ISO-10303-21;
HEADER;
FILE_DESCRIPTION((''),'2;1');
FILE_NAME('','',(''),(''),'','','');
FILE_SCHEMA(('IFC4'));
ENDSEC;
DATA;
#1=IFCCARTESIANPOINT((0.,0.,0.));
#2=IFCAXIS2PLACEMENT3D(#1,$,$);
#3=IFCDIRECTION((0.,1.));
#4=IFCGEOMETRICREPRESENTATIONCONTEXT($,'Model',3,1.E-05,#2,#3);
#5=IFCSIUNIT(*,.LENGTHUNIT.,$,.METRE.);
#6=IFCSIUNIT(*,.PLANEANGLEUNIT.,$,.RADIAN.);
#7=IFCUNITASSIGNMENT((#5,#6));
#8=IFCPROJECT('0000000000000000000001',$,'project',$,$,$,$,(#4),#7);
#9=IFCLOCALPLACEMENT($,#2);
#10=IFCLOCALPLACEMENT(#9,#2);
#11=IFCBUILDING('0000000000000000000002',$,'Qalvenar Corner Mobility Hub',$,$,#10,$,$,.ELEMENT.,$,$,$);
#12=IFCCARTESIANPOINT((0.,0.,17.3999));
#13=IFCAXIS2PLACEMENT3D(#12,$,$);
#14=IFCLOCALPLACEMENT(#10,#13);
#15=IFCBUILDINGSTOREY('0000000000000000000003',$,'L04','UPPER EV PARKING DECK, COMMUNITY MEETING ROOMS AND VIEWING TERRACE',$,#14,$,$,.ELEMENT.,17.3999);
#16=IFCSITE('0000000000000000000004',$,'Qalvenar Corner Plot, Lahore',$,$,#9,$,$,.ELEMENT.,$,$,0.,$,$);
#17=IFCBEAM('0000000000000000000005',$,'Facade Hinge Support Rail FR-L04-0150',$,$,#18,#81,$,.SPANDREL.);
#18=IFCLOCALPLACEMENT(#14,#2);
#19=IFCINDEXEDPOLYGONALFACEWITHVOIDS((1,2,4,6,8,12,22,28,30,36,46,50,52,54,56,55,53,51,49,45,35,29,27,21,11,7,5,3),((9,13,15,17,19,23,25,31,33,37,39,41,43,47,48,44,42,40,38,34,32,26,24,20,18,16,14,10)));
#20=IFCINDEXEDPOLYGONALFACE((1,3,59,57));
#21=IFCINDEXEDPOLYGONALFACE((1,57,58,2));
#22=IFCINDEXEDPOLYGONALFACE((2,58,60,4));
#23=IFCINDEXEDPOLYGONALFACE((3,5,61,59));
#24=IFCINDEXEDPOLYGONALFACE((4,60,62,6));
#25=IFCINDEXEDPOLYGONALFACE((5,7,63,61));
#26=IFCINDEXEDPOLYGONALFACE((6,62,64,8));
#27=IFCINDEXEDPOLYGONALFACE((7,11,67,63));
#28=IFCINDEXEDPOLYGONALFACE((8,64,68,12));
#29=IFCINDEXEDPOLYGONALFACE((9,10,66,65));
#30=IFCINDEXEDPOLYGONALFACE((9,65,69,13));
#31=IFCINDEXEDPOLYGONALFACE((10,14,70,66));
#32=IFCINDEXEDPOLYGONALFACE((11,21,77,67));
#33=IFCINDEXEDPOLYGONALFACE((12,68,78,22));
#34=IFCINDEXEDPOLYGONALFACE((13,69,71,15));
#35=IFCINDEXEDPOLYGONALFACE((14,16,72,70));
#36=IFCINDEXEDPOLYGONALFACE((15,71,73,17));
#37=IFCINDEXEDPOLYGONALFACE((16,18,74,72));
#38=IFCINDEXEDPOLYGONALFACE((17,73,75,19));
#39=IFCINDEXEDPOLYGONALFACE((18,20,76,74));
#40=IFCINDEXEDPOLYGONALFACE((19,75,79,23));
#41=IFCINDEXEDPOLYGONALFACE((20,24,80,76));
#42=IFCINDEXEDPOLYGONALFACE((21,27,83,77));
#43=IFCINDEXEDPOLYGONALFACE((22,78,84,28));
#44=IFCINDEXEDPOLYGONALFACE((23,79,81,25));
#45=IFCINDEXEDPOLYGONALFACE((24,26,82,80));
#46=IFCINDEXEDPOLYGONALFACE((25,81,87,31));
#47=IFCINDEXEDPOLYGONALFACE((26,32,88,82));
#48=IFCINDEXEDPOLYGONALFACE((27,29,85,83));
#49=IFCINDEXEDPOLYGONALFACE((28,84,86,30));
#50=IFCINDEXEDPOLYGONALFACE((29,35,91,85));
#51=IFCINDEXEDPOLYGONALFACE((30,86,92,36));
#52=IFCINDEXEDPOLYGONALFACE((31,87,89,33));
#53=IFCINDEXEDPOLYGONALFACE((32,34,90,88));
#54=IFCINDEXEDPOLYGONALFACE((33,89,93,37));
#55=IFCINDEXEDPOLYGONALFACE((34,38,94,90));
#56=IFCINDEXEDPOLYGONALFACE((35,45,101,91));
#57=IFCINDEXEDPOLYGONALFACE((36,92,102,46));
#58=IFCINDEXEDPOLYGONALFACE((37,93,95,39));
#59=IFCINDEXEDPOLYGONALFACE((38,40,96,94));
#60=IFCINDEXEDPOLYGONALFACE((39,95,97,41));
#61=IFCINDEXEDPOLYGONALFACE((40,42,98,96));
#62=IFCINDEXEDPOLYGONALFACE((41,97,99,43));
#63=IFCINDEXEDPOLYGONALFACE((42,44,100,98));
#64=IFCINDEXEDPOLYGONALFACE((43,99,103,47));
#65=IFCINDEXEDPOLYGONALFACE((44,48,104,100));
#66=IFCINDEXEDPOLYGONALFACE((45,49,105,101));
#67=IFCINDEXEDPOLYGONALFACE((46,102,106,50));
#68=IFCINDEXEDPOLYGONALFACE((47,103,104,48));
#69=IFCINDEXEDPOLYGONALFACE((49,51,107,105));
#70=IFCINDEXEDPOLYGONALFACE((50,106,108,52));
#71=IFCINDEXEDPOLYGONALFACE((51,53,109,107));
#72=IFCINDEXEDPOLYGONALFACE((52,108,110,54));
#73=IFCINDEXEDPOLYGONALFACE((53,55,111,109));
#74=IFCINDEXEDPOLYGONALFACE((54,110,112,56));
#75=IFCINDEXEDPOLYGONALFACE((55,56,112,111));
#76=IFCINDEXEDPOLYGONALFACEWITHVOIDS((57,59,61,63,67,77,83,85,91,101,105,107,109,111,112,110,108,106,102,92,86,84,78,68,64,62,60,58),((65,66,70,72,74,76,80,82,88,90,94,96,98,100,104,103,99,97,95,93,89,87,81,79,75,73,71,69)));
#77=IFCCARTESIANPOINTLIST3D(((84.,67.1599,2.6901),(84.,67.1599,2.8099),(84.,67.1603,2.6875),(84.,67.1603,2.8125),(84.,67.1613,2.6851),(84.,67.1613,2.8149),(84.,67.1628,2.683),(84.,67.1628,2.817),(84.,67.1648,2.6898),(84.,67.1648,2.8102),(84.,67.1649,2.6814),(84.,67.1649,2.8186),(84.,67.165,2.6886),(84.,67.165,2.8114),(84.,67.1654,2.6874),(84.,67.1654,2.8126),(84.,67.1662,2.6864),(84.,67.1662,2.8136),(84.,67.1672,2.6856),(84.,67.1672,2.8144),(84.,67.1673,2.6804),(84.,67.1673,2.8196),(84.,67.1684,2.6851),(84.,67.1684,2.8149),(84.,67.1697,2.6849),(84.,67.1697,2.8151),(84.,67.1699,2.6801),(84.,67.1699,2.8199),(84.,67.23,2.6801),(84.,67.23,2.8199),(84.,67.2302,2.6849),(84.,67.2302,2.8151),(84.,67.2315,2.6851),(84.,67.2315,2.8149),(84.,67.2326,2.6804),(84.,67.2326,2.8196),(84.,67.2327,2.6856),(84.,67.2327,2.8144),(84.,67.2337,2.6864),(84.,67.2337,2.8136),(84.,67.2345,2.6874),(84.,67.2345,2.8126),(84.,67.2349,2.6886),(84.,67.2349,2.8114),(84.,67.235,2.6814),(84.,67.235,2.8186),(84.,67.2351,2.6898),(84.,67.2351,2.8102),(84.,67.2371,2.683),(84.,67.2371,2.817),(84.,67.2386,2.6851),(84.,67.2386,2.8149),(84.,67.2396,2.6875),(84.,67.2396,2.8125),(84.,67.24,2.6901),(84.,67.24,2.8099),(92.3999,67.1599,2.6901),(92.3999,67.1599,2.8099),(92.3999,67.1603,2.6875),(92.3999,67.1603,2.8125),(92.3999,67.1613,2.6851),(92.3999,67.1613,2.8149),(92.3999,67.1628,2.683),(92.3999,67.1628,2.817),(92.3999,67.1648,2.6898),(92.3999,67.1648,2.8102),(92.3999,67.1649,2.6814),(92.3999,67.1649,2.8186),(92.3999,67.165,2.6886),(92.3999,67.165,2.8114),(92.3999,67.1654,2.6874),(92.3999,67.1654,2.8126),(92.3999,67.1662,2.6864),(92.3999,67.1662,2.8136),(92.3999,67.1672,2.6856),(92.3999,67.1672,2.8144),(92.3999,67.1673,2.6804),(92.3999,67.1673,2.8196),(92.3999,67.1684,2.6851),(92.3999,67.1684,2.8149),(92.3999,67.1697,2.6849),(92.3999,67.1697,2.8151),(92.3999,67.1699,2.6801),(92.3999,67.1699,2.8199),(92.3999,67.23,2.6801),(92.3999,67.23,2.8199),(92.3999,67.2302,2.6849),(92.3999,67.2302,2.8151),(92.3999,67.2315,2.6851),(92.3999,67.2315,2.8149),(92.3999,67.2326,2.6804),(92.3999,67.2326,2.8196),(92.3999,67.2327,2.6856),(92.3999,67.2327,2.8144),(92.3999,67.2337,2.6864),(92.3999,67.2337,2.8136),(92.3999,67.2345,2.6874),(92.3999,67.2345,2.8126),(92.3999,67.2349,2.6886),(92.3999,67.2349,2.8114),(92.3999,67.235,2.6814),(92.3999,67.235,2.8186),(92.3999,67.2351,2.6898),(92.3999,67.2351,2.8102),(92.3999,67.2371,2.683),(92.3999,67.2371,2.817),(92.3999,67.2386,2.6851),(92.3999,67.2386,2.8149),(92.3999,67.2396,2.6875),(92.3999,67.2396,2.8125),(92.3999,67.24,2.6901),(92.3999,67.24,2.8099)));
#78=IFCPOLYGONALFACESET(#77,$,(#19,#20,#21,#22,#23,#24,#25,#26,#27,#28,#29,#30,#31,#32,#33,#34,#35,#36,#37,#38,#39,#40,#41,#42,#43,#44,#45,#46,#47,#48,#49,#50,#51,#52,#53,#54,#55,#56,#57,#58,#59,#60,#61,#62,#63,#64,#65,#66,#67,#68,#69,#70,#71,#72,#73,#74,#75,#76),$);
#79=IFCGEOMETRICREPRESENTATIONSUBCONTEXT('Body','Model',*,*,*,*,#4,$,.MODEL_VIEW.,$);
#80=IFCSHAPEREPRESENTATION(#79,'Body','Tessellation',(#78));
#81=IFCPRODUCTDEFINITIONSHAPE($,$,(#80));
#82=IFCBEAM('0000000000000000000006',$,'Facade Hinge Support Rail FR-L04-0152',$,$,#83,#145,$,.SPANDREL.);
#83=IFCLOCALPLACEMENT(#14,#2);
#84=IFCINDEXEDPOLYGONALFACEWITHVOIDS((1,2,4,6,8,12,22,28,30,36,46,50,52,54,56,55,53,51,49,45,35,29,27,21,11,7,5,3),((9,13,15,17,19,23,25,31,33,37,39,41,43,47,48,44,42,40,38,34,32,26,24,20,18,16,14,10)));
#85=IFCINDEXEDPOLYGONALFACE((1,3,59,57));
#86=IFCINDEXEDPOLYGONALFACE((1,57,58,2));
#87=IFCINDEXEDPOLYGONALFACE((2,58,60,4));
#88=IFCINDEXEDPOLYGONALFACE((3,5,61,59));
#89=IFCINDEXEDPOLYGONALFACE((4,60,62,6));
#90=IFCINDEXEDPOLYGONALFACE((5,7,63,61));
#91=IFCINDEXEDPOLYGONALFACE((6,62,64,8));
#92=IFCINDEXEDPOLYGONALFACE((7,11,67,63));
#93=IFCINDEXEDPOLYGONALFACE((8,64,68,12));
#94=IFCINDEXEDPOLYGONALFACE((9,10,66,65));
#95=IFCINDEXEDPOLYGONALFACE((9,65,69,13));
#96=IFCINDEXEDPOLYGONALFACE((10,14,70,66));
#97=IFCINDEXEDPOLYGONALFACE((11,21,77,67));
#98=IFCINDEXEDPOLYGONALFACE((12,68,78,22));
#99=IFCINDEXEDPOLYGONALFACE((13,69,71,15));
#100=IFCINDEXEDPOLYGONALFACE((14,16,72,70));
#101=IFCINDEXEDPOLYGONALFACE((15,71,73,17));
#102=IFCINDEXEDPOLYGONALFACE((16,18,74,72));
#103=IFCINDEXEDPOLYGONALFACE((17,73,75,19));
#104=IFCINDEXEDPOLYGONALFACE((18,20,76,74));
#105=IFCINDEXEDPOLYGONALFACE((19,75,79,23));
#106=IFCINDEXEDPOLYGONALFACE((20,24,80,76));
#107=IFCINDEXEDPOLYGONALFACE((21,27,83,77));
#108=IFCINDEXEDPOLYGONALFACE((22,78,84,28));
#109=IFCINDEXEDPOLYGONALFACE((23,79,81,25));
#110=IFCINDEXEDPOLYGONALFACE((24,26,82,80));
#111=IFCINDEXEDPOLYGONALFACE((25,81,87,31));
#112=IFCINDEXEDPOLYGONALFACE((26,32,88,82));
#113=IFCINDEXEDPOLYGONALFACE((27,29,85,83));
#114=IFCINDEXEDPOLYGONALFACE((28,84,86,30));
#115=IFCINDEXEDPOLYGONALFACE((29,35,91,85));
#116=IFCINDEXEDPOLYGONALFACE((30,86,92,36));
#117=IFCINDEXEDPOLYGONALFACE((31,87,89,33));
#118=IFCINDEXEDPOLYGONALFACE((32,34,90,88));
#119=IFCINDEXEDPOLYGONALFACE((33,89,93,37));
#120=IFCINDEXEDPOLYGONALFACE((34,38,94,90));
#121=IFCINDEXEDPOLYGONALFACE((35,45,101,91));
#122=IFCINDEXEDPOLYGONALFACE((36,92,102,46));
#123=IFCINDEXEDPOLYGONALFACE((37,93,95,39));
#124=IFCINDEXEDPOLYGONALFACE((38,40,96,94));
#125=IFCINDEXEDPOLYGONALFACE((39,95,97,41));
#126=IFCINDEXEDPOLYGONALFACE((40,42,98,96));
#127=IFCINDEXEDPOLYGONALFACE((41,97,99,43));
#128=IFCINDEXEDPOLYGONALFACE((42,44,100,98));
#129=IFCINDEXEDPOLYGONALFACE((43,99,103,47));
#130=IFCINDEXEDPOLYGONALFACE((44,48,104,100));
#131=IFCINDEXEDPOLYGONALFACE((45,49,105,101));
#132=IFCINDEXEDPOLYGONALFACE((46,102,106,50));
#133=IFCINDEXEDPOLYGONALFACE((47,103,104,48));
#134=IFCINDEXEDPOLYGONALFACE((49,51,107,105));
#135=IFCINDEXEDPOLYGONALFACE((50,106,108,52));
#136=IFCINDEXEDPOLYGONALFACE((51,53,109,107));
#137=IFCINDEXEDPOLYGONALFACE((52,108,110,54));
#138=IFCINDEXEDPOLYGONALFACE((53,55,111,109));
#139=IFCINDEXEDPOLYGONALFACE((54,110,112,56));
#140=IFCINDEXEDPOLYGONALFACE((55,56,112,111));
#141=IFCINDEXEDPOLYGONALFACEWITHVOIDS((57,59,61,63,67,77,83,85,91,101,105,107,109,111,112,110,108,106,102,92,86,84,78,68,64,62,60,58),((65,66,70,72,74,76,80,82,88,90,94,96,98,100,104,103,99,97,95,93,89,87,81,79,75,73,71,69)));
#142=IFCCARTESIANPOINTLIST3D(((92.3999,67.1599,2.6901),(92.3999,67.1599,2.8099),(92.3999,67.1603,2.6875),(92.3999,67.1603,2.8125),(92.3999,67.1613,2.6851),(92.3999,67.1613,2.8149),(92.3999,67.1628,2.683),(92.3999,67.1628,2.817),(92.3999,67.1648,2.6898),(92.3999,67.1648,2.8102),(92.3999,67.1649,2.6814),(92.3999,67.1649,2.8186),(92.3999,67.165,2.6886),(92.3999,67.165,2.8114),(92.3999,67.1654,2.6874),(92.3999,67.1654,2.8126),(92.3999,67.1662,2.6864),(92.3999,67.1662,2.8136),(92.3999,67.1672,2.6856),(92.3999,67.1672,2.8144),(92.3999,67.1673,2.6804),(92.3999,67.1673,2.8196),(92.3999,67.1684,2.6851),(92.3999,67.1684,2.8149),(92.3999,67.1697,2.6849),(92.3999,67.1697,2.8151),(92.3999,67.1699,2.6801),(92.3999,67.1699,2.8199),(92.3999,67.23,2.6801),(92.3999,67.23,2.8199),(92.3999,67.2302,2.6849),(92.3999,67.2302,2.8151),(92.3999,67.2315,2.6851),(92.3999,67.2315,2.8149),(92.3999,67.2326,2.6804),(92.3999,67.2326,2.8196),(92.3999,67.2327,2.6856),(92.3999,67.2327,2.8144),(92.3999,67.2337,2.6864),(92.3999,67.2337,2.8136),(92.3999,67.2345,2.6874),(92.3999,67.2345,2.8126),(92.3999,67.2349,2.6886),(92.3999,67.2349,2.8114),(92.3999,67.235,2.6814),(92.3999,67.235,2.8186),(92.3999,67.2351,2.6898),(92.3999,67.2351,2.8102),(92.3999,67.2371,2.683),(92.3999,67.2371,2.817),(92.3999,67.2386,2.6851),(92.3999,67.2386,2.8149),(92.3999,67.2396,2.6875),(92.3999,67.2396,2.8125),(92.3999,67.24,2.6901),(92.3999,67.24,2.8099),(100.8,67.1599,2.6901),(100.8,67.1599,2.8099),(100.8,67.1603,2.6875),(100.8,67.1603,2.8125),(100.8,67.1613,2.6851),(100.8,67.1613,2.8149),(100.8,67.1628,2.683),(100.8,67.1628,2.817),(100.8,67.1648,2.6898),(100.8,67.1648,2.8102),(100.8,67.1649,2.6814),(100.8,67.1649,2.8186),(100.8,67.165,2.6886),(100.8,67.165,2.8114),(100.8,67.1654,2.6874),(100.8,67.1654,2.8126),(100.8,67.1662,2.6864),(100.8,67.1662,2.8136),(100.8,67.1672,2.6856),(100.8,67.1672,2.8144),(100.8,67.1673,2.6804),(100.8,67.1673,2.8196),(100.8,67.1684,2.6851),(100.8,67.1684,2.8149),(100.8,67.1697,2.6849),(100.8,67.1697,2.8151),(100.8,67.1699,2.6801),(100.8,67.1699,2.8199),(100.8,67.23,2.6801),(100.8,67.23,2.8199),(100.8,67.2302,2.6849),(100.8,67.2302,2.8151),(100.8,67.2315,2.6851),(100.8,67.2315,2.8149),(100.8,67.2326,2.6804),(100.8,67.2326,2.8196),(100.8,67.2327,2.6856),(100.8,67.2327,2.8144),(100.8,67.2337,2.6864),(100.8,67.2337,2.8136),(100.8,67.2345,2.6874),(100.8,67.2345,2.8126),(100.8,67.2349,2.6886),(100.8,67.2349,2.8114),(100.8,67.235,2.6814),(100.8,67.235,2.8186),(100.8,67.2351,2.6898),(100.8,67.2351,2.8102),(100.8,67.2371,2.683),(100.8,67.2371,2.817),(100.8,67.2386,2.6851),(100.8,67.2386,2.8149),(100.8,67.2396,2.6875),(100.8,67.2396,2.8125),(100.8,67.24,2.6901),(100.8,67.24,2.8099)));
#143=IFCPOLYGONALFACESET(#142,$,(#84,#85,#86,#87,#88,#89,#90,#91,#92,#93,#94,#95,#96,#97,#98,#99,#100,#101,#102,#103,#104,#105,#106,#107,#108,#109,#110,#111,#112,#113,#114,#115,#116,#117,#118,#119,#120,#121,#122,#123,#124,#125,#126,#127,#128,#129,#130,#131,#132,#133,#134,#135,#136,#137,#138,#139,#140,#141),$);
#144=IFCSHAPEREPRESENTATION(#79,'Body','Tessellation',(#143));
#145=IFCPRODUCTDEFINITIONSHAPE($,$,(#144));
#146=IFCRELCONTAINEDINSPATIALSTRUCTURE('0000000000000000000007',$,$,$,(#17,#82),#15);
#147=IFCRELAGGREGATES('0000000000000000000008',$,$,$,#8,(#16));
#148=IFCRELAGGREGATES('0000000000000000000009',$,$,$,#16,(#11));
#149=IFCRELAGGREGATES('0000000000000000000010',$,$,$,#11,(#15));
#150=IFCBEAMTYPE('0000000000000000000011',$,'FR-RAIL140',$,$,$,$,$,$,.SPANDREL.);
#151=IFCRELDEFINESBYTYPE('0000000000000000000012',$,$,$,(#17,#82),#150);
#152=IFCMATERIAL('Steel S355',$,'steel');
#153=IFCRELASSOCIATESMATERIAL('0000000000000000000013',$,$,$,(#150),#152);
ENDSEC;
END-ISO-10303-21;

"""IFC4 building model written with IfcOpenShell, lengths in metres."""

from ifc_helpers import new_model, si_unit, direction, frame, origin, origin_2d, place, context, subcontext, project, spatial, hollow_rectangle, extrude, material, material_profile, profile_set, type_object, element, save


model = new_model("IFC4")

# Units and contexts
model_context = context("Model", 3, precision=1e-05, world=origin(), true_north=direction((0.0, 1.0)))
body_context = subcontext(model_context, "Body", "Model", "MODEL_VIEW")
ifc_project = project(units=[si_unit("LENGTHUNIT", "METRE"), si_unit("PLANEANGLEUNIT", "RADIAN")], contexts=[model_context])

# Site, building, storey
site_placement = place(None, origin())
site = spatial("IfcSite", under=ifc_project, at=site_placement, Name="Qalvenar Corner Plot, Lahore", CompositionType="ELEMENT", RefElevation=0.0)
building_placement = place(site_placement, origin())
building = spatial("IfcBuilding", under=site, at=building_placement, Name="Qalvenar Corner Mobility Hub", CompositionType="ELEMENT")
storey_placement = place(building_placement, frame((0.0, 0.0, 17.3999)))
storey = spatial("IfcBuildingStorey", under=building, at=storey_placement, Name="L04", Description="UPPER EV PARKING DECK, COMMUNITY MEETING ROOMS AND VIEWING TERRACE", CompositionType="ELEMENT", Elevation=17.3999)

# Shared definitions
ifc_material = material(Name="Steel S355", Category="steel")

# Beams
ifc_material_profile_1 = material_profile(ifc_material, hollow_rectangle(XDim=0.0801, YDim=0.1399, WallThickness=0.0049, InnerFilletRadius=0.0049, OuterFilletRadius=0.01, at=origin_2d()), Name="RHS140x80x5")
ifc_profile_set_1 = profile_set([ifc_material_profile_1], Name="Steel S355")
beam_type_1 = type_object("IfcBeamType", Name="FR-RAIL140", PredefinedType="SPANDREL", material=ifc_profile_set_1)
beam_1_placement = place(storey_placement, frame((84.0, 67.2, 2.75), z_axis=(1.0, 0.0, 0.0), x_axis=(0.0, 1.0, 0.0)))
element("IfcBeam", 1, at=beam_1_placement, inside=storey, type_object=beam_type_1, Name="Facade Hinge Support Rail FR-L04-0150", PredefinedType="SPANDREL", context=body_context, shape_type="SweptSolid", body=[
    extrude(hollow_rectangle(XDim=0.0801, YDim=0.1399, WallThickness=0.0049, InnerFilletRadius=0.0049, OuterFilletRadius=0.01, at=origin_2d()), origin(), (0.0, 0.0, 1.0), 8.3999),
])
beam_2_placement = place(storey_placement, frame((92.3999, 67.2, 2.75), z_axis=(1.0, 0.0, 0.0), x_axis=(0.0, 1.0, 0.0)))
element("IfcBeam", 2, at=beam_2_placement, inside=storey, type_object=beam_type_1, Name="Facade Hinge Support Rail FR-L04-0152", PredefinedType="SPANDREL", context=body_context, shape_type="SweptSolid", body=[
    extrude(hollow_rectangle(XDim=0.0801, YDim=0.1399, WallThickness=0.0049, InnerFilletRadius=0.0049, OuterFilletRadius=0.01, at=origin_2d()), origin(), (0.0, 0.0, 1.0), 8.4001),
])

save(model, "model.ifc")
